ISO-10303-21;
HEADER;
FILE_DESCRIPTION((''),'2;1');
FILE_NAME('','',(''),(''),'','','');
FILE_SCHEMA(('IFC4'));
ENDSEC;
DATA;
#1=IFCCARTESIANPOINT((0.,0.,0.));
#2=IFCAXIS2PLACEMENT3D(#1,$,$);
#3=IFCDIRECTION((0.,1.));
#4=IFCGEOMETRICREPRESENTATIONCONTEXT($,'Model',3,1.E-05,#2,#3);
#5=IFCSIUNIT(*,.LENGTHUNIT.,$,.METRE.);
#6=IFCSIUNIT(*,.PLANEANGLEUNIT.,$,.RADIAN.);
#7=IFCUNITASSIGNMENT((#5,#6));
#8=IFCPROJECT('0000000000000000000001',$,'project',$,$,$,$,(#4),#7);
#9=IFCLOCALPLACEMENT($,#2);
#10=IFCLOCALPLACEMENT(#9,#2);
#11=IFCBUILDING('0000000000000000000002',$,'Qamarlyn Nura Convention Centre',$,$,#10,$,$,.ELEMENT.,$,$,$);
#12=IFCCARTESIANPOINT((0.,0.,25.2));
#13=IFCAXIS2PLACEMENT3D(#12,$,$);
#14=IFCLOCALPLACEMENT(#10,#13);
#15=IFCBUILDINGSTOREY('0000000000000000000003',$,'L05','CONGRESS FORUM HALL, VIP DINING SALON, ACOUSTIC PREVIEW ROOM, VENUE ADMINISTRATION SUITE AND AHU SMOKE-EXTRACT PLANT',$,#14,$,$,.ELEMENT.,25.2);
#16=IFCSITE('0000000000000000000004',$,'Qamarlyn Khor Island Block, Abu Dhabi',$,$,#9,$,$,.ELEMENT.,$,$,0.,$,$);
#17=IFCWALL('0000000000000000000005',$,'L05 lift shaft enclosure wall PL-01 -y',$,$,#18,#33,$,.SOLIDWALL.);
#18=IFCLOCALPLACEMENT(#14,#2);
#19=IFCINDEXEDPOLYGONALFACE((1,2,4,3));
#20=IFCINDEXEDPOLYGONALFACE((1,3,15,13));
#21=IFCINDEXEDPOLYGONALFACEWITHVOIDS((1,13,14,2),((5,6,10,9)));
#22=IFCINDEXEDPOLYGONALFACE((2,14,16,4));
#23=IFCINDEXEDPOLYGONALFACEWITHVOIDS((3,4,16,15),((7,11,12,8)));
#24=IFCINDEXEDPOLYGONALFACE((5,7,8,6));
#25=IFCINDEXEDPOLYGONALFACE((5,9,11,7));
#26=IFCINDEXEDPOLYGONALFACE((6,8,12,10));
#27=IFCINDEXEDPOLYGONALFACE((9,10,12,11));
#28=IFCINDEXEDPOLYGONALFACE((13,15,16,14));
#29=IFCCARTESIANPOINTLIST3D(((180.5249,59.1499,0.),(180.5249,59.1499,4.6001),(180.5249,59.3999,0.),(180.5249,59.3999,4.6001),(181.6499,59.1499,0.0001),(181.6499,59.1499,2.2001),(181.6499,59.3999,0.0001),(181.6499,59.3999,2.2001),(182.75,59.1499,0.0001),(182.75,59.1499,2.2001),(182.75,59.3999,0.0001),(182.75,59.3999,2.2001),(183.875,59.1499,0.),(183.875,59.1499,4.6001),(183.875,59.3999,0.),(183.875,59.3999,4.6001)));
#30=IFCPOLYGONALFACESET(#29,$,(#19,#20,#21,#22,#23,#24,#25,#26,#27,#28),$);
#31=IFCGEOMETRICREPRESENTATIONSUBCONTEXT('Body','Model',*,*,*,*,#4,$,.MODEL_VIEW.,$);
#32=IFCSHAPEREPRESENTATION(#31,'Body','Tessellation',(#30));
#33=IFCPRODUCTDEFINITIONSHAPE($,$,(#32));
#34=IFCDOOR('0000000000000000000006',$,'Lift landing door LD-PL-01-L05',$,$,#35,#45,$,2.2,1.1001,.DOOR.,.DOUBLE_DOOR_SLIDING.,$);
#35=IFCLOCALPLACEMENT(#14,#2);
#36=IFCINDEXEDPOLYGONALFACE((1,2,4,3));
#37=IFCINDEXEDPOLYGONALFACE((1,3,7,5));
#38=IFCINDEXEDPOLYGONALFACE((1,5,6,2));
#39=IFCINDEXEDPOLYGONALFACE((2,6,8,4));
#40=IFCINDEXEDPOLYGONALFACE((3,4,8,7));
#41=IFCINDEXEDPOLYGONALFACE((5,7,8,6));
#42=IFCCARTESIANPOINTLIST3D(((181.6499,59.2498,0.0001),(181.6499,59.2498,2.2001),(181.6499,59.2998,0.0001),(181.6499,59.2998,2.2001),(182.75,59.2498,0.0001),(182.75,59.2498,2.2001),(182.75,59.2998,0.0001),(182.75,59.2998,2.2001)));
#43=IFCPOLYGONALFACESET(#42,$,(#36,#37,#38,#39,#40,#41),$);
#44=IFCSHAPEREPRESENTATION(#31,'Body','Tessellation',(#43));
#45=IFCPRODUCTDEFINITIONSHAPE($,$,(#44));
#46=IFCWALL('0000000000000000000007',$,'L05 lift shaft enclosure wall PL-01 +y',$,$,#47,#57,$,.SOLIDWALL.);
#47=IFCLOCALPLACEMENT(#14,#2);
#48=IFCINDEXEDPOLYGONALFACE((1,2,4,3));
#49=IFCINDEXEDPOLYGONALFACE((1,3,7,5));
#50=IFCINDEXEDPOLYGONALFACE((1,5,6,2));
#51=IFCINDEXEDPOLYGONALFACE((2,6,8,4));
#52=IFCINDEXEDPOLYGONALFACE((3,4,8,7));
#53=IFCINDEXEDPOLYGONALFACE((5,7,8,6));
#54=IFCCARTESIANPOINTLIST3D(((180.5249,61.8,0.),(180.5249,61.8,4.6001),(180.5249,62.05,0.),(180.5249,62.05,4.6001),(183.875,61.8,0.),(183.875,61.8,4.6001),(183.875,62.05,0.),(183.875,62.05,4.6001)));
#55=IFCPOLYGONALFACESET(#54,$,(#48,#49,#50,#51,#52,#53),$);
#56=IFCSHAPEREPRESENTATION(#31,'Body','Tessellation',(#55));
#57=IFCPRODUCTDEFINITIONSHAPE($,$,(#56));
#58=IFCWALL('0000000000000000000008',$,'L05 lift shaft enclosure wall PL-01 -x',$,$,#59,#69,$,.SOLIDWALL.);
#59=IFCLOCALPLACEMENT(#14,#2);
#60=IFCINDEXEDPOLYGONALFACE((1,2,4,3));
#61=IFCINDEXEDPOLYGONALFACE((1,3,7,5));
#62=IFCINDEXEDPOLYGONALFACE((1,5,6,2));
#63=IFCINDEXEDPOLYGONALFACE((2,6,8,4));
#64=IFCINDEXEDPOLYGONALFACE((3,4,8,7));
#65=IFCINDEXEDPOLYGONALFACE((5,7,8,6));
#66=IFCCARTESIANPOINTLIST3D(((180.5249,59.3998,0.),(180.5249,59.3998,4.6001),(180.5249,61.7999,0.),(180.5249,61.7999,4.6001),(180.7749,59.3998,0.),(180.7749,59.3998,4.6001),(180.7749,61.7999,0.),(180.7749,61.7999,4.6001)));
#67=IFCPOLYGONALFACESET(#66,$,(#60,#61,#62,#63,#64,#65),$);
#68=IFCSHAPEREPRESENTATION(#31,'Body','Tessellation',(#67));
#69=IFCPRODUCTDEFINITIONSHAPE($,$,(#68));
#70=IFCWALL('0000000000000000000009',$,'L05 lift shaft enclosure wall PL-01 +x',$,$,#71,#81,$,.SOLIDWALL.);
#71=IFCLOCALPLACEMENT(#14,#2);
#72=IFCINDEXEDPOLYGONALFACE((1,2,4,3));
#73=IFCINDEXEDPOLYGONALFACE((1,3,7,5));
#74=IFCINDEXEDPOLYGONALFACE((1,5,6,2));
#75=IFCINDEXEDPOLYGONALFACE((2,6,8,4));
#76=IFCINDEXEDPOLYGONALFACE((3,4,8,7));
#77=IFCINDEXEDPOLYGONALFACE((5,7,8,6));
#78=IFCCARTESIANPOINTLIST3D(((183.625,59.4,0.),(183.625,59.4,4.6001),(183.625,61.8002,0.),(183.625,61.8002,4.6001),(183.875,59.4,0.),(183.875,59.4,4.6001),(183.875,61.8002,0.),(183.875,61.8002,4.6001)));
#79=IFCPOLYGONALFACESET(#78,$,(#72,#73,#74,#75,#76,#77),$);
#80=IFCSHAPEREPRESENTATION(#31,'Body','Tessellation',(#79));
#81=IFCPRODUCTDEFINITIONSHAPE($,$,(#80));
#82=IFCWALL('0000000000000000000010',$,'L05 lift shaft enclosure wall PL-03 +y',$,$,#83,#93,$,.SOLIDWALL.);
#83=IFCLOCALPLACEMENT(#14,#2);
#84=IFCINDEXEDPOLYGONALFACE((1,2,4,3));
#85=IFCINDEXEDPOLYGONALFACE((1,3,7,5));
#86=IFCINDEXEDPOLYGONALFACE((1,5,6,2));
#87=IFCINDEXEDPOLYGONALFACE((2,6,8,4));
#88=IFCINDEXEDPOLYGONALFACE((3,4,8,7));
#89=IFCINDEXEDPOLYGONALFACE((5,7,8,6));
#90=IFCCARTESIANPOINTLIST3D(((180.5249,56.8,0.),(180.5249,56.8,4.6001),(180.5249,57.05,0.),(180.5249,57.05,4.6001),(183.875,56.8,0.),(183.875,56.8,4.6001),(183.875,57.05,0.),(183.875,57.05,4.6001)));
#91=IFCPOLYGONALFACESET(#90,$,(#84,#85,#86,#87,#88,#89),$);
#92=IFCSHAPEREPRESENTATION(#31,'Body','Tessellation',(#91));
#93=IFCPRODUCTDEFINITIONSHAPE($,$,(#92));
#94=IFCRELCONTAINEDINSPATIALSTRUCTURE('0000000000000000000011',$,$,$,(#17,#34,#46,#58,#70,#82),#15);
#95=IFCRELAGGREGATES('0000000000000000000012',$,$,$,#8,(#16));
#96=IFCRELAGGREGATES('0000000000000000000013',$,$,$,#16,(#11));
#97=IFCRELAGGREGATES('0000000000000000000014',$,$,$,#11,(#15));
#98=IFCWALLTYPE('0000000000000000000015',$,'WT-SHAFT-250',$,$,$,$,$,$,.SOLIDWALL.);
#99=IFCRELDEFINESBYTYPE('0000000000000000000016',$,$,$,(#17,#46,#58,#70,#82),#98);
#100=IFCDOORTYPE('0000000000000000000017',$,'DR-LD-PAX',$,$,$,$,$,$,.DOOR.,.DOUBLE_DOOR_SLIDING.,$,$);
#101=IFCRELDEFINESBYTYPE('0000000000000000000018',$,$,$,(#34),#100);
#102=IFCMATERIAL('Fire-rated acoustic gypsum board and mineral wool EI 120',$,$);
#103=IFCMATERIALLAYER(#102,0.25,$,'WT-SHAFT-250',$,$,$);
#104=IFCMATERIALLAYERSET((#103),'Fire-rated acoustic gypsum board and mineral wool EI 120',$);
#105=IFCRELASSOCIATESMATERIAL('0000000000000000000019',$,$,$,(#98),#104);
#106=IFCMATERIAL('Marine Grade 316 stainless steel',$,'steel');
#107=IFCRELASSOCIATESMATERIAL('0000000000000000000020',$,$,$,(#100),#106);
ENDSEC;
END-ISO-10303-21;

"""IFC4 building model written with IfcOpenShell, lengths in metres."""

from ifc_helpers import new_model, si_unit, direction, frame, frame_2d, origin, place, context, subcontext, project, spatial, rectangle, extrude, material, layer, layer_set, type_object, element, fill, save


model = new_model("IFC4")

# Units and contexts
model_context = context("Model", 3, precision=1e-05, world=origin(), true_north=direction((0.0, 1.0)))
body_context = subcontext(model_context, "Body", "Model", "MODEL_VIEW")
ifc_project = project(units=[si_unit("LENGTHUNIT", "METRE"), si_unit("PLANEANGLEUNIT", "RADIAN")], contexts=[model_context])

# Site, building, storey
site_placement = place(None, origin())
site = spatial("IfcSite", under=ifc_project, at=site_placement, Name="Qamarlyn Khor Island Block, Abu Dhabi", CompositionType="ELEMENT", RefElevation=0.0)
building_placement = place(site_placement, origin())
building = spatial("IfcBuilding", under=site, at=building_placement, Name="Qamarlyn Nura Convention Centre", CompositionType="ELEMENT")
storey_placement = place(building_placement, frame((0.0, 0.0, 25.2)))
storey = spatial("IfcBuildingStorey", under=building, at=storey_placement, Name="L05", Description="CONGRESS FORUM HALL, VIP DINING SALON, ACOUSTIC PREVIEW ROOM, VENUE ADMINISTRATION SUITE AND AHU SMOKE-EXTRACT PLANT", CompositionType="ELEMENT", Elevation=25.2)

# Wall, opening, door
ifc_material_1 = material(Name="Fire-rated acoustic gypsum board and mineral wool EI 120")
ifc_layer_1 = layer(ifc_material_1, 0.25, Name="WT-SHAFT-250")
ifc_layer_set_1 = layer_set([ifc_layer_1], Name="Fire-rated acoustic gypsum board and mineral wool EI 120")
wall_type_1 = type_object("IfcWallType", Name="WT-SHAFT-250", PredefinedType="SOLIDWALL", material=ifc_layer_set_1)
wall_1_placement = place(storey_placement, frame((180.5249, 59.2749, 0.0), z_axis=(0.0, 0.0, 1.0), x_axis=(1.0, 0.0, 0.0)))
wall_1 = element("IfcWall", 1, at=wall_1_placement, inside=storey, type_object=wall_type_1, Name="L05 lift shaft enclosure wall PL-01 -y", PredefinedType="SOLIDWALL", context=body_context, shape_type="SweptSolid", body=[
    extrude(rectangle(XDim=3.3501, YDim=0.25, at=frame_2d((1.675, 0.0))), origin(), (0.0, 0.0, 1.0), 4.6001),
])
opening_1_placement = place(wall_1_placement, frame((1.125, 0.0, 0.0)))
opening_1 = element("IfcOpeningElement", 2, at=opening_1_placement, cuts=wall_1, PredefinedType="OPENING", context=body_context, shape_type="SweptSolid", body=[
    extrude(rectangle(XDim=1.1001, YDim=2.2, at=frame_2d((0.55, 1.1001))), frame((0.0, 0.135, 0.0), z_axis=(0.0, -1.0, 0.0), x_axis=(1.0, 0.0, 0.0)), (0.0, 0.0, 1.0), 0.27),
])
ifc_material_2 = material(Name="Marine Grade 316 stainless steel", Category="steel")
door_type_1 = type_object("IfcDoorType", Name="DR-LD-PAX", OperationType="DOUBLE_DOOR_SLIDING", PredefinedType="DOOR", material=ifc_material_2)
door_1_placement = place(opening_1_placement, origin())
door_1 = element("IfcDoor", 3, at=door_1_placement, inside=storey, type_object=door_type_1, Name="Lift landing door LD-PL-01-L05", OperationType="DOUBLE_DOOR_SLIDING", OverallHeight=2.2, OverallWidth=1.1001, PredefinedType="DOOR", context=body_context, shape_type="SweptSolid", body=[
    extrude(rectangle(XDim=1.1001, YDim=2.2, at=frame_2d((0.55, 1.1001))), frame((0.0, 0.0249, 0.0), z_axis=(0.0, -1.0, 0.0), x_axis=(1.0, 0.0, 0.0)), (0.0, 0.0, 1.0), 0.05),
])
fill(opening_1, door_1)

# Walls
wall_2_placement = place(storey_placement, frame((183.875, 61.925, 0.0), z_axis=(0.0, 0.0, 1.0), x_axis=(-1.0, 0.0, 0.0)))
element("IfcWall", 4, at=wall_2_placement, inside=storey, type_object=wall_type_1, Name="L05 lift shaft enclosure wall PL-01 +y", PredefinedType="SOLIDWALL", context=body_context, shape_type="SweptSolid", body=[
    extrude(rectangle(XDim=3.3501, YDim=0.25, at=frame_2d((1.675, 0.0))), origin(), (0.0, 0.0, 1.0), 4.6001),
])
for number, where, z_axis, x_axis, name in (
    (5, (180.6499, 61.8, 0.0), (0.0, 0.0, 1.0), (0.0, -1.0, 0.0), "L05 lift shaft enclosure wall PL-01 -x"),
    (6, (183.75, 59.3999, 0.0), (0.0, 0.0, 1.0), (0.0, 1.0, 0.0), "L05 lift shaft enclosure wall PL-01 +x"),
):
    element("IfcWall", number, at=place(storey_placement, frame(where, z_axis=z_axis, x_axis=x_axis)), inside=storey, type_object=wall_type_1, Name=name, PredefinedType="SOLIDWALL", context=body_context, shape_type="SweptSolid", body=[
        extrude(rectangle(XDim=2.4001, YDim=0.25, at=frame_2d((1.2002, 0.0))), origin(), (0.0, 0.0, 1.0), 4.6001),
    ])
wall_3_placement = place(storey_placement, frame((183.875, 56.925, 0.0), z_axis=(0.0, 0.0, 1.0), x_axis=(-1.0, 0.0, 0.0)))
element("IfcWall", 7, at=wall_3_placement, inside=storey, type_object=wall_type_1, Name="L05 lift shaft enclosure wall PL-03 +y", PredefinedType="SOLIDWALL", context=body_context, shape_type="SweptSolid", body=[
    extrude(rectangle(XDim=3.3501, YDim=0.25, at=frame_2d((1.675, 0.0))), origin(), (0.0, 0.0, 1.0), 4.6001),
])

save(model, "model.ifc")
